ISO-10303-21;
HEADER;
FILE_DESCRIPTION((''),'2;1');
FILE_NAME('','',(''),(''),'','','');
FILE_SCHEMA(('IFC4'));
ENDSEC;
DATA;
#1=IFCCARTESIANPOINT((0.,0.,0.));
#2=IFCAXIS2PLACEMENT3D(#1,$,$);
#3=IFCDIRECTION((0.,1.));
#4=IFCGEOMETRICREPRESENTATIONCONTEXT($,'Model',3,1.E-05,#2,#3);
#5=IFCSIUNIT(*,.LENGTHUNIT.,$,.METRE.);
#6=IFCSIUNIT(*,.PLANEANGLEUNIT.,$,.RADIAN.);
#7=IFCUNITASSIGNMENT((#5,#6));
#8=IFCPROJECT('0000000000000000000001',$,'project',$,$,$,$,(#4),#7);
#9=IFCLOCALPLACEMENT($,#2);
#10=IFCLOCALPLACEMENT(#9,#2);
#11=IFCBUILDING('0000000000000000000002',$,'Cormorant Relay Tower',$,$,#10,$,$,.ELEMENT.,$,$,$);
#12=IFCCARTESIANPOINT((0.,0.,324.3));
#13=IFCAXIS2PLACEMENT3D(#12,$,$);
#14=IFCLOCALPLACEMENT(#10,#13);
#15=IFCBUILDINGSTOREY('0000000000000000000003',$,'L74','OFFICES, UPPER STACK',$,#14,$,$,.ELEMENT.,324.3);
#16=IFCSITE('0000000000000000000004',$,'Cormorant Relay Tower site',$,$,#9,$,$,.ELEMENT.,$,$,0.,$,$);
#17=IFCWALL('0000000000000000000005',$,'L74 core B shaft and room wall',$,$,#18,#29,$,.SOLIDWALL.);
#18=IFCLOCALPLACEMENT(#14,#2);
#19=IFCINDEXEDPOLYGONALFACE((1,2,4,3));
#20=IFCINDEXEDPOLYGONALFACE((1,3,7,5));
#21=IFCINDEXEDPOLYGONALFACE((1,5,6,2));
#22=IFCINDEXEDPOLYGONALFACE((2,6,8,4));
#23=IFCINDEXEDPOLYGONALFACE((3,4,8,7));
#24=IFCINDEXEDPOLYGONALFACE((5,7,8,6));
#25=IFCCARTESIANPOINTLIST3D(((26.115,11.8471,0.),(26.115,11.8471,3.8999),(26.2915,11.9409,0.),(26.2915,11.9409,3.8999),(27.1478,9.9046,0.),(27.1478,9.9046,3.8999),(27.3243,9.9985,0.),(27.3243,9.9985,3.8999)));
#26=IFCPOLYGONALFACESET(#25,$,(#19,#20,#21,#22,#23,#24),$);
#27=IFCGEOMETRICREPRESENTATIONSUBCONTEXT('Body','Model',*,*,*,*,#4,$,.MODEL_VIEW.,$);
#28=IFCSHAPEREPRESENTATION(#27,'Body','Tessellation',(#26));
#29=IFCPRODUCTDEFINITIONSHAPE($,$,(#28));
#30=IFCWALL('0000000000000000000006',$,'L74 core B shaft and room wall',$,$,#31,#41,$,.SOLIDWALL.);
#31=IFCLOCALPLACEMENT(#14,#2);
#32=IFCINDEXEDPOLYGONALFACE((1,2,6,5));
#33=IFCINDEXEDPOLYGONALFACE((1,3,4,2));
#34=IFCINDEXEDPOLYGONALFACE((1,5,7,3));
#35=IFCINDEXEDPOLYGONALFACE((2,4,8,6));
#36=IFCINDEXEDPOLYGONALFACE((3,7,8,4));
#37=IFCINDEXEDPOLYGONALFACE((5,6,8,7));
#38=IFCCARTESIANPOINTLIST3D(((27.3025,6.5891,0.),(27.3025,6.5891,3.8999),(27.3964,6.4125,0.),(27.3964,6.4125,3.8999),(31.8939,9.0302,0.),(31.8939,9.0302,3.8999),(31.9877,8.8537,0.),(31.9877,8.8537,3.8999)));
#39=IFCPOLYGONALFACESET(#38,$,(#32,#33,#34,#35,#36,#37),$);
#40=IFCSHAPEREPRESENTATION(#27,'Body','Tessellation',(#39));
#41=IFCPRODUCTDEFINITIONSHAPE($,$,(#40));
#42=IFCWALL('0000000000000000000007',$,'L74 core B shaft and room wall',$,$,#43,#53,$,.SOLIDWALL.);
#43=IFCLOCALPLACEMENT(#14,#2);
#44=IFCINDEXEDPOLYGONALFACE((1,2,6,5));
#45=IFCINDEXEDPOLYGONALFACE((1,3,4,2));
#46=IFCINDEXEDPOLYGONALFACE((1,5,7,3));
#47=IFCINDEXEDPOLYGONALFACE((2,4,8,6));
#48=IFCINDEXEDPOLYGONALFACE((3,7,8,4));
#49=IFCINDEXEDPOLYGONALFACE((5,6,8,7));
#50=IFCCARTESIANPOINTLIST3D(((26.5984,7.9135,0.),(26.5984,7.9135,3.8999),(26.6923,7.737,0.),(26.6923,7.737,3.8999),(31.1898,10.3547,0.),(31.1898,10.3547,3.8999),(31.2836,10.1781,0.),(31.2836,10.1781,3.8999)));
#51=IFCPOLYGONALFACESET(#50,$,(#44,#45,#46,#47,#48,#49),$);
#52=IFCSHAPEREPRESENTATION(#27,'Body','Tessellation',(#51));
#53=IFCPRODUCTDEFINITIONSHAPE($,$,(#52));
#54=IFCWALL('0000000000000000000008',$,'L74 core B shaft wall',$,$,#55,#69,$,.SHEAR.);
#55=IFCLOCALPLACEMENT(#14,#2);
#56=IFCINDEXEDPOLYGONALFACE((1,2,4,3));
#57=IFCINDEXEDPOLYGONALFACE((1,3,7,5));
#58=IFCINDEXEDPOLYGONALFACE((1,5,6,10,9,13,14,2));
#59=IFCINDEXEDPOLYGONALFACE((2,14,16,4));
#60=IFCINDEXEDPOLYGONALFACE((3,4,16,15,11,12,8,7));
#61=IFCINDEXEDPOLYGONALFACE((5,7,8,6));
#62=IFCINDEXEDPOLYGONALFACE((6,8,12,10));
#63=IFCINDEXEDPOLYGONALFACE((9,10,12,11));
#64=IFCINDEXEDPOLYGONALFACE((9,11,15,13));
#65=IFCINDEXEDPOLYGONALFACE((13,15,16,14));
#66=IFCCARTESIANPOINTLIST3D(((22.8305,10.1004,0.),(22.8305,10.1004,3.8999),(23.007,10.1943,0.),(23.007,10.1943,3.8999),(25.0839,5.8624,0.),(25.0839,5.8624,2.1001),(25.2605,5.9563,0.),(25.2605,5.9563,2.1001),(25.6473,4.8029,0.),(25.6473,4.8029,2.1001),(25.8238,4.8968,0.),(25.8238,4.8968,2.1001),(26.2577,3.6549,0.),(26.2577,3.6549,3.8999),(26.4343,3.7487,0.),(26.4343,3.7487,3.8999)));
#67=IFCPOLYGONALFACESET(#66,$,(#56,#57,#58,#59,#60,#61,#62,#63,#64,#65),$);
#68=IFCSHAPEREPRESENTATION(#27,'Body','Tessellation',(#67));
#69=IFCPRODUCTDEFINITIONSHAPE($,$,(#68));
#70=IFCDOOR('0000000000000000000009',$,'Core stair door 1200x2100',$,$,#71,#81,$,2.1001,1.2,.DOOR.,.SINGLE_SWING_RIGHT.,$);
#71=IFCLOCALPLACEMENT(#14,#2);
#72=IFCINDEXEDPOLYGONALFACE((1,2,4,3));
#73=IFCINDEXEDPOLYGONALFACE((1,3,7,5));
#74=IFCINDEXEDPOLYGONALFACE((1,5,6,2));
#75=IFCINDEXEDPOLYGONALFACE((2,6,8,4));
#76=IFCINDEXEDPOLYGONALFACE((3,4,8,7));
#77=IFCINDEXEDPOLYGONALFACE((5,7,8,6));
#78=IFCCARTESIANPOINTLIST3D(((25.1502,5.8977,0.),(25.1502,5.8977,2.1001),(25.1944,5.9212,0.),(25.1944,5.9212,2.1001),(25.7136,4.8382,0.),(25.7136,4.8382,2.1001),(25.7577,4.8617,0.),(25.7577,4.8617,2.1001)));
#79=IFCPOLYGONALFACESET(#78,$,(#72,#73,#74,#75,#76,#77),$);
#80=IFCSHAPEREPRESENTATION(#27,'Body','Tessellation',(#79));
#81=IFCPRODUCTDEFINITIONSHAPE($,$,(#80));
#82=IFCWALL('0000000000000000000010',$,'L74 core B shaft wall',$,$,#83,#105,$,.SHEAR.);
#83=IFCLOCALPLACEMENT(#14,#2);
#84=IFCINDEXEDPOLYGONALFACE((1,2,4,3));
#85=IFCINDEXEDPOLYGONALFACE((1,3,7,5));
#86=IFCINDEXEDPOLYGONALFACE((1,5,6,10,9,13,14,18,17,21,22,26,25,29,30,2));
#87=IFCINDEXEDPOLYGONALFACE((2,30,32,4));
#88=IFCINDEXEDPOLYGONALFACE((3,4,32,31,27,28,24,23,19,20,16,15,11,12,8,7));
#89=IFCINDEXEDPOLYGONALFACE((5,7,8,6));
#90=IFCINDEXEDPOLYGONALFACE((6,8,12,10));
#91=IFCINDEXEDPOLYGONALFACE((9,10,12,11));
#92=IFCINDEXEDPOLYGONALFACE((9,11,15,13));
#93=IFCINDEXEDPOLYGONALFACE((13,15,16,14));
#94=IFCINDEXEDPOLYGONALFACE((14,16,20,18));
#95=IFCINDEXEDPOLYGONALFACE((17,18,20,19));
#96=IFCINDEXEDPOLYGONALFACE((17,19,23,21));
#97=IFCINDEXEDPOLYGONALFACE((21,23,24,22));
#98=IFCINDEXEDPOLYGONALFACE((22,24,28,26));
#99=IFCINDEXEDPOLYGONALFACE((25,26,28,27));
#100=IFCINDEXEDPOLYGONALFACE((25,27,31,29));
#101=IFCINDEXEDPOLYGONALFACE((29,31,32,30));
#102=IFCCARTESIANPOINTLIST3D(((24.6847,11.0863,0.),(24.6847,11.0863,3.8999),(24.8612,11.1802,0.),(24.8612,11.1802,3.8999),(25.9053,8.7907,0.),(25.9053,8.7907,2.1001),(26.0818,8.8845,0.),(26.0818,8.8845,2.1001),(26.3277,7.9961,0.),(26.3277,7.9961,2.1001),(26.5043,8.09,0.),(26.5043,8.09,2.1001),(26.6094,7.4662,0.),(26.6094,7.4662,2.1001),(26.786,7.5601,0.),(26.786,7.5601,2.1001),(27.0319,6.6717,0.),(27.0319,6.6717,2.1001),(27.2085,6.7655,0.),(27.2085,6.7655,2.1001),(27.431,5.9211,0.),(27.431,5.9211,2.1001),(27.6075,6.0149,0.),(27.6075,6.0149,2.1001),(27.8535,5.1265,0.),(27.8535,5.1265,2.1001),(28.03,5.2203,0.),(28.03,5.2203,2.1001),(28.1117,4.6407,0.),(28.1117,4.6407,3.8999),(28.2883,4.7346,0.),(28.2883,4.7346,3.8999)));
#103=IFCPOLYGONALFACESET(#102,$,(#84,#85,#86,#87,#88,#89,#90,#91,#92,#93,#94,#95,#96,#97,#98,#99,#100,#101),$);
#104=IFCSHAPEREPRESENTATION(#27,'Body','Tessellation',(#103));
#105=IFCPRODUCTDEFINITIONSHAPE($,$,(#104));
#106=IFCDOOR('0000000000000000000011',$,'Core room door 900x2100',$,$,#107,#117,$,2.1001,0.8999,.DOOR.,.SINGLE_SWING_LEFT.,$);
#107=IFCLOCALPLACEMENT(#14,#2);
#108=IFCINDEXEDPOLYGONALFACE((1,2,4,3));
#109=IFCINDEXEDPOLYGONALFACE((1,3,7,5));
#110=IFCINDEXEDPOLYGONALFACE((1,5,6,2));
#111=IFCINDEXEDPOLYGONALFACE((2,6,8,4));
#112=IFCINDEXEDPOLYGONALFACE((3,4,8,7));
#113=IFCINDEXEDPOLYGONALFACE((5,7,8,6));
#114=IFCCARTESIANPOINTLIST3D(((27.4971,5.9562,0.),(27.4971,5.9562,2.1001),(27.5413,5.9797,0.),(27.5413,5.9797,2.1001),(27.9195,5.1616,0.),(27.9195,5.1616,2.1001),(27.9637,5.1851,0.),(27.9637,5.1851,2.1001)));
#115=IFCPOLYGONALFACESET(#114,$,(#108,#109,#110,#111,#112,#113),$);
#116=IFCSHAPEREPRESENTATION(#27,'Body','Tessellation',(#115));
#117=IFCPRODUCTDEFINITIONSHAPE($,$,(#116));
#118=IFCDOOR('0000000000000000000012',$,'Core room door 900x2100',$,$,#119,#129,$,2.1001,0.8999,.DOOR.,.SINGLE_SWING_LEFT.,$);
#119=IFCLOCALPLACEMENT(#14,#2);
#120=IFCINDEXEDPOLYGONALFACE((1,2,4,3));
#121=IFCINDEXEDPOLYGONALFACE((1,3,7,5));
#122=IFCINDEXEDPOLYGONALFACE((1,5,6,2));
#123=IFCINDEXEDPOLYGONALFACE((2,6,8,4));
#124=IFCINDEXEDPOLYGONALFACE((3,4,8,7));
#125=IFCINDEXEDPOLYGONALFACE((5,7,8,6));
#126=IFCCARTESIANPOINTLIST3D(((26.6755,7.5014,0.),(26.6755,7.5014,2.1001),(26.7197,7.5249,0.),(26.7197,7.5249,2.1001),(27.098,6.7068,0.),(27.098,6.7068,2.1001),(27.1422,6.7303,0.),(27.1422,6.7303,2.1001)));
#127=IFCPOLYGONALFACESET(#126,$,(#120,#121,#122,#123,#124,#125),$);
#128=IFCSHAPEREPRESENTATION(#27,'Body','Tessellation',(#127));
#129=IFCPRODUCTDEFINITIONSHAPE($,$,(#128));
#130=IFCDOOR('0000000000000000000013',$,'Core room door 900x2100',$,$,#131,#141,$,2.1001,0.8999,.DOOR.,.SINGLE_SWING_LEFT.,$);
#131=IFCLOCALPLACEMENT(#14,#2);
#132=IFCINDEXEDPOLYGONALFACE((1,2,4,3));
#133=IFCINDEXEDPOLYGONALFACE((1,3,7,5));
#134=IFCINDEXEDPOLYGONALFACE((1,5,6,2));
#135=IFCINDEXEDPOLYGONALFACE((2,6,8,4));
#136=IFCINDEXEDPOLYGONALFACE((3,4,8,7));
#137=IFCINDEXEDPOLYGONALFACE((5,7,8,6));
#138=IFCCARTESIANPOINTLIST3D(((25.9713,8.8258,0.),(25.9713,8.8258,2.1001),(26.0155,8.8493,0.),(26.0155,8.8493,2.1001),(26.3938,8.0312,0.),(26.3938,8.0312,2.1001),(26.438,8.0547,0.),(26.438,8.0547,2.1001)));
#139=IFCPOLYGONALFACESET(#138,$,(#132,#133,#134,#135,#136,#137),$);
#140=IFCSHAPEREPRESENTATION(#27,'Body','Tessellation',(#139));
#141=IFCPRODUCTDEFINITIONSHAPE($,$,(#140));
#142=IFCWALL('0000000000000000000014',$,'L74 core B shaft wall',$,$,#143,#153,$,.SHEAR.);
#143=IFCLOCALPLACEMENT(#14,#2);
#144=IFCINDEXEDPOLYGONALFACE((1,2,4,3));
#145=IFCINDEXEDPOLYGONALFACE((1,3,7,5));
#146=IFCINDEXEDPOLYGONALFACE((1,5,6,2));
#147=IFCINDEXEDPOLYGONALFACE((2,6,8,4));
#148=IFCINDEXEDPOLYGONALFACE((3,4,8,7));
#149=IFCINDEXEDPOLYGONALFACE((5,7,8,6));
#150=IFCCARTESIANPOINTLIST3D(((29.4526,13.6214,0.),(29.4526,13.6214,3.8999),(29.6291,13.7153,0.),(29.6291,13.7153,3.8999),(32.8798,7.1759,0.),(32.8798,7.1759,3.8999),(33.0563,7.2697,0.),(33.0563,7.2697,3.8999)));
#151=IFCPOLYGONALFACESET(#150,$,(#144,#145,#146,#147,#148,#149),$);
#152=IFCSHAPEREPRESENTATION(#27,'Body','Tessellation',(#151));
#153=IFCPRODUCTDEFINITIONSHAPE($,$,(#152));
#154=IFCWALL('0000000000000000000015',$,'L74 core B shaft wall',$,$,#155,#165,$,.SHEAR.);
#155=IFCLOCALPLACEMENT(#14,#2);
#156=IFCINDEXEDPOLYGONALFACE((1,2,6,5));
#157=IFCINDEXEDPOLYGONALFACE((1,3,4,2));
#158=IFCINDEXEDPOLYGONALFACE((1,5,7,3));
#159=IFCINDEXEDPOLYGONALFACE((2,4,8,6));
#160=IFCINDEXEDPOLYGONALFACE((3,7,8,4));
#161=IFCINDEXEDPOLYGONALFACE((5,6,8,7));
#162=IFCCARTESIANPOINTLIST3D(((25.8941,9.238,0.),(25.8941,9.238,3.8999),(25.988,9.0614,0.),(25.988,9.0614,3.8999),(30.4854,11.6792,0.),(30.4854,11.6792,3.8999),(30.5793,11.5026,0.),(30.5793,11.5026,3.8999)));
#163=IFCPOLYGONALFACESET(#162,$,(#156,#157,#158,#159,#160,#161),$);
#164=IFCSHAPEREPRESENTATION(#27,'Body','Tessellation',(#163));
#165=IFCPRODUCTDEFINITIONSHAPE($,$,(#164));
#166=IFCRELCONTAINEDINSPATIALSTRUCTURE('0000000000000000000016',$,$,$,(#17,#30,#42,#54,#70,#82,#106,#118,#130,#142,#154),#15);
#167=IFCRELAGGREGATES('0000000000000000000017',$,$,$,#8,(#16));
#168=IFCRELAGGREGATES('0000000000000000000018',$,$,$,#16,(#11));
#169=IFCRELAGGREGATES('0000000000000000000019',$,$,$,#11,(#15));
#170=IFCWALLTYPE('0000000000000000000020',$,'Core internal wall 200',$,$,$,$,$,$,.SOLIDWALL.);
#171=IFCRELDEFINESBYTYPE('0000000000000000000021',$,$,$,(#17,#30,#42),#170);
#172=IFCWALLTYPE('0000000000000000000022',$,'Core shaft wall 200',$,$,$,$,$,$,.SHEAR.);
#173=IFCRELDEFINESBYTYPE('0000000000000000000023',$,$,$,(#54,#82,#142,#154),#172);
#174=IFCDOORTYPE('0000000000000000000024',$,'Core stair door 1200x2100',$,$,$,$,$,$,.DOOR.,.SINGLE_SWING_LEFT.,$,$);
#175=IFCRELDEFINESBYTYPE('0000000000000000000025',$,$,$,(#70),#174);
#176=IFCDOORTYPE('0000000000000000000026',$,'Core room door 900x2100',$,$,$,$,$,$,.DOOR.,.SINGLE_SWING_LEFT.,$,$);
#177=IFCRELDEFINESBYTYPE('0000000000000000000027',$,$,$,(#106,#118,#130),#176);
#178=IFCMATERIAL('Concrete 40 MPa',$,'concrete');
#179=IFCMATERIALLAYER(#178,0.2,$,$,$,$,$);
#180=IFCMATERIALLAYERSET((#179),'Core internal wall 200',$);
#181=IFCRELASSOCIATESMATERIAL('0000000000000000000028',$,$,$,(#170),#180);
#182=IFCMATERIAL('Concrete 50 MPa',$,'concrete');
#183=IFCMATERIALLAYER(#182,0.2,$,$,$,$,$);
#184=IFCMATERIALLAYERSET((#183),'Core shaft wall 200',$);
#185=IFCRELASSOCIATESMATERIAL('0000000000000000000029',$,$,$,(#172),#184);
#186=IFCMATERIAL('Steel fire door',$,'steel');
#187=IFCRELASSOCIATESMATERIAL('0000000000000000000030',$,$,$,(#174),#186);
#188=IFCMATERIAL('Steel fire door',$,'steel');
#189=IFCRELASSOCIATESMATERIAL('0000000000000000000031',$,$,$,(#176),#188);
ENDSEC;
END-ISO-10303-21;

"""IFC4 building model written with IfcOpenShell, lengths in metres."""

from ifc_helpers import new_model, si_unit, direction, frame, frame_2d, origin, place, context, subcontext, project, spatial, rectangle, extrude, material, layer, layer_set, type_object, element, fill, save


model = new_model("IFC4")

# Units and contexts
model_context = context("Model", 3, precision=1e-05, world=origin(), true_north=direction((0.0, 1.0)))
body_context = subcontext(model_context, "Body", "Model", "MODEL_VIEW")
ifc_project = project(units=[si_unit("LENGTHUNIT", "METRE"), si_unit("PLANEANGLEUNIT", "RADIAN")], contexts=[model_context])

# Site, building, storey
site_placement = place(None, origin())
site = spatial("IfcSite", under=ifc_project, at=site_placement, Name="Cormorant Relay Tower site", CompositionType="ELEMENT", RefElevation=0.0)
building_placement = place(site_placement, origin())
building = spatial("IfcBuilding", under=site, at=building_placement, Name="Cormorant Relay Tower", CompositionType="ELEMENT")
storey_placement = place(building_placement, frame((0.0, 0.0, 324.3)))
storey = spatial("IfcBuildingStorey", under=building, at=storey_placement, Name="L74", Description="OFFICES, UPPER STACK", CompositionType="ELEMENT", Elevation=324.3)

# Walls
ifc_material_1 = material(Name="Concrete 40 MPa", Category="concrete")
ifc_layer_1 = layer(ifc_material_1, 0.2)
ifc_layer_set_1 = layer_set([ifc_layer_1], Name="Core internal wall 200")
wall_type_1 = type_object("IfcWallType", Name="Core internal wall 200", PredefinedType="SOLIDWALL", material=ifc_layer_set_1)
wall_1_placement = place(storey_placement, frame((27.2361, 9.9514, 0.0), z_axis=(0.0, 0.0, 1.0), x_axis=(-0.469447, 0.88296, 0.0)))
element("IfcWall", 1, at=wall_1_placement, inside=storey, type_object=wall_type_1, Name="L74 core B shaft and room wall", PredefinedType="SOLIDWALL", context=body_context, shape_type="SweptSolid", body=[
    extrude(rectangle(XDim=2.2, YDim=0.2, at=frame_2d((1.1001, 0.0))), origin(), (0.0, 0.0, 1.0), 3.8999),
])
for number, where, z_axis, x_axis, name in (
    (2, (27.3494, 6.5007, 0.0), (0.0, 0.0, 1.0), (0.882954, 0.46946, 0.0), "L74 core B shaft and room wall"),
    (3, (26.6453, 7.8252, 0.0), (0.0, 0.0, 1.0), (0.882954, 0.46946, 0.0), "L74 core B shaft and room wall"),
):
    element("IfcWall", number, at=place(storey_placement, frame(where, z_axis=z_axis, x_axis=x_axis)), inside=storey, type_object=wall_type_1, Name=name, PredefinedType="SOLIDWALL", context=body_context, shape_type="SweptSolid", body=[
        extrude(rectangle(XDim=5.2, YDim=0.2, at=frame_2d((2.6001, 0.0))), origin(), (0.0, 0.0, 1.0), 3.8999),
    ])

# Wall, opening, door
ifc_material_2 = material(Name="Concrete 50 MPa", Category="concrete")
ifc_layer_2 = layer(ifc_material_2, 0.2)
ifc_layer_set_2 = layer_set([ifc_layer_2], Name="Core shaft wall 200")
wall_type_2 = type_object("IfcWallType", Name="Core shaft wall 200", PredefinedType="SHEAR", material=ifc_layer_set_2)
wall_2_placement = place(storey_placement, frame((26.3459, 3.7019, 0.0), z_axis=(0.0, 0.0, 1.0), x_axis=(-0.46948, 0.882943, 0.0)))
wall_2 = element("IfcWall", 4, at=wall_2_placement, inside=storey, type_object=wall_type_2, Name="L74 core B shaft wall", PredefinedType="SHEAR", context=body_context, shape_type="SweptSolid", body=[
    extrude(rectangle(XDim=7.3, YDim=0.2, at=frame_2d((3.6499, 0.0))), origin(), (0.0, 0.0, 1.0), 3.8999),
])
opening_1_placement = place(wall_2_placement, frame((1.3, 0.0, 0.0)))
opening_1 = element("IfcOpeningElement", 5, at=opening_1_placement, cuts=wall_2, PredefinedType="OPENING", context=body_context, shape_type="SweptSolid", body=[
    extrude(rectangle(XDim=1.2, YDim=2.1001, at=frame_2d((0.6001, 1.05))), frame((0.0, 0.1099, 0.0), z_axis=(0.0, -1.0, 0.0), x_axis=(1.0, 0.0, 0.0)), (0.0, 0.0, 1.0), 0.22),
])
ifc_material_3 = material(Name="Steel fire door", Category="steel")
door_type_1 = type_object("IfcDoorType", Name="Core stair door 1200x2100", OperationType="SINGLE_SWING_LEFT", PredefinedType="DOOR", material=ifc_material_3)
door_1_placement = place(opening_1_placement, origin())
door_1 = element("IfcDoor", 6, at=door_1_placement, inside=storey, type_object=door_type_1, Name="Core stair door 1200x2100", OperationType="SINGLE_SWING_RIGHT", OverallHeight=2.1001, OverallWidth=1.2, PredefinedType="DOOR", context=body_context, shape_type="SweptSolid", body=[
    extrude(rectangle(XDim=1.2, YDim=2.1001, at=frame_2d((0.6001, 1.05))), frame((0.0, 0.0249, 0.0), z_axis=(0.0, -1.0, 0.0), x_axis=(1.0, 0.0, 0.0)), (0.0, 0.0, 1.0), 0.05),
])
fill(opening_1, door_1)

# Wall, openings, doors
wall_3_placement = place(storey_placement, frame((28.2, 4.6877, 0.0), z_axis=(0.0, 0.0, 1.0), x_axis=(-0.469454, 0.882957, 0.0)))
wall_3 = element("IfcWall", 7, at=wall_3_placement, inside=storey, type_object=wall_type_2, Name="L74 core B shaft wall", PredefinedType="SHEAR", context=body_context, shape_type="SweptSolid", body=[
    extrude(rectangle(XDim=7.3, YDim=0.2, at=frame_2d((3.6499, 0.0))), origin(), (0.0, 0.0, 1.0), 3.8999),
])
opening_2_placement = place(wall_3_placement, frame((0.55, 0.0, 0.0)))
opening_2 = element("IfcOpeningElement", 8, at=opening_2_placement, cuts=wall_3, PredefinedType="OPENING", context=body_context, shape_type="SweptSolid", body=[
    extrude(rectangle(XDim=0.8999, YDim=2.1001, at=frame_2d((0.45, 1.05))), frame((0.0, 0.1099, 0.0), z_axis=(0.0, -1.0, 0.0), x_axis=(1.0, 0.0, 0.0)), (0.0, 0.0, 1.0), 0.22),
])
opening_3_placement = place(wall_3_placement, frame((2.3, 0.0, 0.0)))
opening_3 = element("IfcOpeningElement", 9, at=opening_3_placement, cuts=wall_3, PredefinedType="OPENING", context=body_context, shape_type="SweptSolid", body=[
    extrude(rectangle(XDim=0.8999, YDim=2.1001, at=frame_2d((0.45, 1.05))), frame((0.0, 0.1099, 0.0), z_axis=(0.0, -1.0, 0.0), x_axis=(1.0, 0.0, 0.0)), (0.0, 0.0, 1.0), 0.22),
])
opening_4_placement = place(wall_3_placement, frame((3.8, 0.0, 0.0)))
opening_4 = element("IfcOpeningElement", 10, at=opening_4_placement, cuts=wall_3, PredefinedType="OPENING", context=body_context, shape_type="SweptSolid", body=[
    extrude(rectangle(XDim=0.8999, YDim=2.1001, at=frame_2d((0.45, 1.05))), frame((0.0, 0.1099, 0.0), z_axis=(0.0, -1.0, 0.0), x_axis=(1.0, 0.0, 0.0)), (0.0, 0.0, 1.0), 0.22),
])
ifc_material_4 = material(Name="Steel fire door", Category="steel")
door_type_2 = type_object("IfcDoorType", Name="Core room door 900x2100", OperationType="SINGLE_SWING_LEFT", PredefinedType="DOOR", material=ifc_material_4)
door_2_placement = place(opening_2_placement, frame((0.8999, 0.0, 0.0), z_axis=(0.0, 0.0, 1.0), x_axis=(-1.0, 0.0, 0.0)))
door_2 = element("IfcDoor", 11, at=door_2_placement, inside=storey, type_object=door_type_2, Name="Core room door 900x2100", OperationType="SINGLE_SWING_LEFT", OverallHeight=2.1001, OverallWidth=0.8999, PredefinedType="DOOR", context=body_context, shape_type="SweptSolid", body=[
    extrude(rectangle(XDim=0.8999, YDim=2.1001, at=frame_2d((0.45, 1.05))), frame((0.0, 0.0249, 0.0), z_axis=(0.0, -1.0, 0.0), x_axis=(1.0, 0.0, 0.0)), (0.0, 0.0, 1.0), 0.05),
])
fill(opening_2, door_2)
door_3_placement = place(opening_3_placement, frame((0.8999, 0.0, 0.0), z_axis=(0.0, 0.0, 1.0), x_axis=(-1.0, 0.0, 0.0)))
door_3 = element("IfcDoor", 12, at=door_3_placement, inside=storey, type_object=door_type_2, Name="Core room door 900x2100", OperationType="SINGLE_SWING_LEFT", OverallHeight=2.1001, OverallWidth=0.8999, PredefinedType="DOOR", context=body_context, shape_type="SweptSolid", body=[
    extrude(rectangle(XDim=0.8999, YDim=2.1001, at=frame_2d((0.45, 1.05))), frame((0.0, 0.0249, 0.0), z_axis=(0.0, -1.0, 0.0), x_axis=(1.0, 0.0, 0.0)), (0.0, 0.0, 1.0), 0.05),
])
fill(opening_3, door_3)
door_4_placement = place(opening_4_placement, frame((0.8999, 0.0, 0.0), z_axis=(0.0, 0.0, 1.0), x_axis=(-1.0, 0.0, 0.0)))
door_4 = element("IfcDoor", 13, at=door_4_placement, inside=storey, type_object=door_type_2, Name="Core room door 900x2100", OperationType="SINGLE_SWING_LEFT", OverallHeight=2.1001, OverallWidth=0.8999, PredefinedType="DOOR", context=body_context, shape_type="SweptSolid", body=[
    extrude(rectangle(XDim=0.8999, YDim=2.1001, at=frame_2d((0.45, 1.05))), frame((0.0, 0.0249, 0.0), z_axis=(0.0, -1.0, 0.0), x_axis=(1.0, 0.0, 0.0)), (0.0, 0.0, 1.0), 0.05),
])
fill(opening_4, door_4)

# Wall
wall_4_placement = place(storey_placement, frame((32.968, 7.2229, 0.0), z_axis=(0.0, 0.0, 1.0), x_axis=(-0.46948, 0.882943, 0.0)))
element("IfcWall", 14, at=wall_4_placement, inside=storey, type_object=wall_type_2, Name="L74 core B shaft wall", PredefinedType="SHEAR", context=body_context, shape_type="SweptSolid", body=[
    extrude(rectangle(XDim=7.3, YDim=0.2, at=frame_2d((3.6499, 0.0))), origin(), (0.0, 0.0, 1.0), 3.8999),
])

# Wall
wall_5_placement = place(storey_placement, frame((25.9409, 9.1497, 0.0), z_axis=(0.0, 0.0, 1.0), x_axis=(0.882954, 0.46946, 0.0)))
element("IfcWall", 15, at=wall_5_placement, inside=storey, type_object=wall_type_2, Name="L74 core B shaft wall", PredefinedType="SHEAR", context=body_context, shape_type="SweptSolid", body=[
    extrude(rectangle(XDim=5.2, YDim=0.2, at=frame_2d((2.6001, 0.0))), origin(), (0.0, 0.0, 1.0), 3.8999),
])

save(model, "model.ifc")
